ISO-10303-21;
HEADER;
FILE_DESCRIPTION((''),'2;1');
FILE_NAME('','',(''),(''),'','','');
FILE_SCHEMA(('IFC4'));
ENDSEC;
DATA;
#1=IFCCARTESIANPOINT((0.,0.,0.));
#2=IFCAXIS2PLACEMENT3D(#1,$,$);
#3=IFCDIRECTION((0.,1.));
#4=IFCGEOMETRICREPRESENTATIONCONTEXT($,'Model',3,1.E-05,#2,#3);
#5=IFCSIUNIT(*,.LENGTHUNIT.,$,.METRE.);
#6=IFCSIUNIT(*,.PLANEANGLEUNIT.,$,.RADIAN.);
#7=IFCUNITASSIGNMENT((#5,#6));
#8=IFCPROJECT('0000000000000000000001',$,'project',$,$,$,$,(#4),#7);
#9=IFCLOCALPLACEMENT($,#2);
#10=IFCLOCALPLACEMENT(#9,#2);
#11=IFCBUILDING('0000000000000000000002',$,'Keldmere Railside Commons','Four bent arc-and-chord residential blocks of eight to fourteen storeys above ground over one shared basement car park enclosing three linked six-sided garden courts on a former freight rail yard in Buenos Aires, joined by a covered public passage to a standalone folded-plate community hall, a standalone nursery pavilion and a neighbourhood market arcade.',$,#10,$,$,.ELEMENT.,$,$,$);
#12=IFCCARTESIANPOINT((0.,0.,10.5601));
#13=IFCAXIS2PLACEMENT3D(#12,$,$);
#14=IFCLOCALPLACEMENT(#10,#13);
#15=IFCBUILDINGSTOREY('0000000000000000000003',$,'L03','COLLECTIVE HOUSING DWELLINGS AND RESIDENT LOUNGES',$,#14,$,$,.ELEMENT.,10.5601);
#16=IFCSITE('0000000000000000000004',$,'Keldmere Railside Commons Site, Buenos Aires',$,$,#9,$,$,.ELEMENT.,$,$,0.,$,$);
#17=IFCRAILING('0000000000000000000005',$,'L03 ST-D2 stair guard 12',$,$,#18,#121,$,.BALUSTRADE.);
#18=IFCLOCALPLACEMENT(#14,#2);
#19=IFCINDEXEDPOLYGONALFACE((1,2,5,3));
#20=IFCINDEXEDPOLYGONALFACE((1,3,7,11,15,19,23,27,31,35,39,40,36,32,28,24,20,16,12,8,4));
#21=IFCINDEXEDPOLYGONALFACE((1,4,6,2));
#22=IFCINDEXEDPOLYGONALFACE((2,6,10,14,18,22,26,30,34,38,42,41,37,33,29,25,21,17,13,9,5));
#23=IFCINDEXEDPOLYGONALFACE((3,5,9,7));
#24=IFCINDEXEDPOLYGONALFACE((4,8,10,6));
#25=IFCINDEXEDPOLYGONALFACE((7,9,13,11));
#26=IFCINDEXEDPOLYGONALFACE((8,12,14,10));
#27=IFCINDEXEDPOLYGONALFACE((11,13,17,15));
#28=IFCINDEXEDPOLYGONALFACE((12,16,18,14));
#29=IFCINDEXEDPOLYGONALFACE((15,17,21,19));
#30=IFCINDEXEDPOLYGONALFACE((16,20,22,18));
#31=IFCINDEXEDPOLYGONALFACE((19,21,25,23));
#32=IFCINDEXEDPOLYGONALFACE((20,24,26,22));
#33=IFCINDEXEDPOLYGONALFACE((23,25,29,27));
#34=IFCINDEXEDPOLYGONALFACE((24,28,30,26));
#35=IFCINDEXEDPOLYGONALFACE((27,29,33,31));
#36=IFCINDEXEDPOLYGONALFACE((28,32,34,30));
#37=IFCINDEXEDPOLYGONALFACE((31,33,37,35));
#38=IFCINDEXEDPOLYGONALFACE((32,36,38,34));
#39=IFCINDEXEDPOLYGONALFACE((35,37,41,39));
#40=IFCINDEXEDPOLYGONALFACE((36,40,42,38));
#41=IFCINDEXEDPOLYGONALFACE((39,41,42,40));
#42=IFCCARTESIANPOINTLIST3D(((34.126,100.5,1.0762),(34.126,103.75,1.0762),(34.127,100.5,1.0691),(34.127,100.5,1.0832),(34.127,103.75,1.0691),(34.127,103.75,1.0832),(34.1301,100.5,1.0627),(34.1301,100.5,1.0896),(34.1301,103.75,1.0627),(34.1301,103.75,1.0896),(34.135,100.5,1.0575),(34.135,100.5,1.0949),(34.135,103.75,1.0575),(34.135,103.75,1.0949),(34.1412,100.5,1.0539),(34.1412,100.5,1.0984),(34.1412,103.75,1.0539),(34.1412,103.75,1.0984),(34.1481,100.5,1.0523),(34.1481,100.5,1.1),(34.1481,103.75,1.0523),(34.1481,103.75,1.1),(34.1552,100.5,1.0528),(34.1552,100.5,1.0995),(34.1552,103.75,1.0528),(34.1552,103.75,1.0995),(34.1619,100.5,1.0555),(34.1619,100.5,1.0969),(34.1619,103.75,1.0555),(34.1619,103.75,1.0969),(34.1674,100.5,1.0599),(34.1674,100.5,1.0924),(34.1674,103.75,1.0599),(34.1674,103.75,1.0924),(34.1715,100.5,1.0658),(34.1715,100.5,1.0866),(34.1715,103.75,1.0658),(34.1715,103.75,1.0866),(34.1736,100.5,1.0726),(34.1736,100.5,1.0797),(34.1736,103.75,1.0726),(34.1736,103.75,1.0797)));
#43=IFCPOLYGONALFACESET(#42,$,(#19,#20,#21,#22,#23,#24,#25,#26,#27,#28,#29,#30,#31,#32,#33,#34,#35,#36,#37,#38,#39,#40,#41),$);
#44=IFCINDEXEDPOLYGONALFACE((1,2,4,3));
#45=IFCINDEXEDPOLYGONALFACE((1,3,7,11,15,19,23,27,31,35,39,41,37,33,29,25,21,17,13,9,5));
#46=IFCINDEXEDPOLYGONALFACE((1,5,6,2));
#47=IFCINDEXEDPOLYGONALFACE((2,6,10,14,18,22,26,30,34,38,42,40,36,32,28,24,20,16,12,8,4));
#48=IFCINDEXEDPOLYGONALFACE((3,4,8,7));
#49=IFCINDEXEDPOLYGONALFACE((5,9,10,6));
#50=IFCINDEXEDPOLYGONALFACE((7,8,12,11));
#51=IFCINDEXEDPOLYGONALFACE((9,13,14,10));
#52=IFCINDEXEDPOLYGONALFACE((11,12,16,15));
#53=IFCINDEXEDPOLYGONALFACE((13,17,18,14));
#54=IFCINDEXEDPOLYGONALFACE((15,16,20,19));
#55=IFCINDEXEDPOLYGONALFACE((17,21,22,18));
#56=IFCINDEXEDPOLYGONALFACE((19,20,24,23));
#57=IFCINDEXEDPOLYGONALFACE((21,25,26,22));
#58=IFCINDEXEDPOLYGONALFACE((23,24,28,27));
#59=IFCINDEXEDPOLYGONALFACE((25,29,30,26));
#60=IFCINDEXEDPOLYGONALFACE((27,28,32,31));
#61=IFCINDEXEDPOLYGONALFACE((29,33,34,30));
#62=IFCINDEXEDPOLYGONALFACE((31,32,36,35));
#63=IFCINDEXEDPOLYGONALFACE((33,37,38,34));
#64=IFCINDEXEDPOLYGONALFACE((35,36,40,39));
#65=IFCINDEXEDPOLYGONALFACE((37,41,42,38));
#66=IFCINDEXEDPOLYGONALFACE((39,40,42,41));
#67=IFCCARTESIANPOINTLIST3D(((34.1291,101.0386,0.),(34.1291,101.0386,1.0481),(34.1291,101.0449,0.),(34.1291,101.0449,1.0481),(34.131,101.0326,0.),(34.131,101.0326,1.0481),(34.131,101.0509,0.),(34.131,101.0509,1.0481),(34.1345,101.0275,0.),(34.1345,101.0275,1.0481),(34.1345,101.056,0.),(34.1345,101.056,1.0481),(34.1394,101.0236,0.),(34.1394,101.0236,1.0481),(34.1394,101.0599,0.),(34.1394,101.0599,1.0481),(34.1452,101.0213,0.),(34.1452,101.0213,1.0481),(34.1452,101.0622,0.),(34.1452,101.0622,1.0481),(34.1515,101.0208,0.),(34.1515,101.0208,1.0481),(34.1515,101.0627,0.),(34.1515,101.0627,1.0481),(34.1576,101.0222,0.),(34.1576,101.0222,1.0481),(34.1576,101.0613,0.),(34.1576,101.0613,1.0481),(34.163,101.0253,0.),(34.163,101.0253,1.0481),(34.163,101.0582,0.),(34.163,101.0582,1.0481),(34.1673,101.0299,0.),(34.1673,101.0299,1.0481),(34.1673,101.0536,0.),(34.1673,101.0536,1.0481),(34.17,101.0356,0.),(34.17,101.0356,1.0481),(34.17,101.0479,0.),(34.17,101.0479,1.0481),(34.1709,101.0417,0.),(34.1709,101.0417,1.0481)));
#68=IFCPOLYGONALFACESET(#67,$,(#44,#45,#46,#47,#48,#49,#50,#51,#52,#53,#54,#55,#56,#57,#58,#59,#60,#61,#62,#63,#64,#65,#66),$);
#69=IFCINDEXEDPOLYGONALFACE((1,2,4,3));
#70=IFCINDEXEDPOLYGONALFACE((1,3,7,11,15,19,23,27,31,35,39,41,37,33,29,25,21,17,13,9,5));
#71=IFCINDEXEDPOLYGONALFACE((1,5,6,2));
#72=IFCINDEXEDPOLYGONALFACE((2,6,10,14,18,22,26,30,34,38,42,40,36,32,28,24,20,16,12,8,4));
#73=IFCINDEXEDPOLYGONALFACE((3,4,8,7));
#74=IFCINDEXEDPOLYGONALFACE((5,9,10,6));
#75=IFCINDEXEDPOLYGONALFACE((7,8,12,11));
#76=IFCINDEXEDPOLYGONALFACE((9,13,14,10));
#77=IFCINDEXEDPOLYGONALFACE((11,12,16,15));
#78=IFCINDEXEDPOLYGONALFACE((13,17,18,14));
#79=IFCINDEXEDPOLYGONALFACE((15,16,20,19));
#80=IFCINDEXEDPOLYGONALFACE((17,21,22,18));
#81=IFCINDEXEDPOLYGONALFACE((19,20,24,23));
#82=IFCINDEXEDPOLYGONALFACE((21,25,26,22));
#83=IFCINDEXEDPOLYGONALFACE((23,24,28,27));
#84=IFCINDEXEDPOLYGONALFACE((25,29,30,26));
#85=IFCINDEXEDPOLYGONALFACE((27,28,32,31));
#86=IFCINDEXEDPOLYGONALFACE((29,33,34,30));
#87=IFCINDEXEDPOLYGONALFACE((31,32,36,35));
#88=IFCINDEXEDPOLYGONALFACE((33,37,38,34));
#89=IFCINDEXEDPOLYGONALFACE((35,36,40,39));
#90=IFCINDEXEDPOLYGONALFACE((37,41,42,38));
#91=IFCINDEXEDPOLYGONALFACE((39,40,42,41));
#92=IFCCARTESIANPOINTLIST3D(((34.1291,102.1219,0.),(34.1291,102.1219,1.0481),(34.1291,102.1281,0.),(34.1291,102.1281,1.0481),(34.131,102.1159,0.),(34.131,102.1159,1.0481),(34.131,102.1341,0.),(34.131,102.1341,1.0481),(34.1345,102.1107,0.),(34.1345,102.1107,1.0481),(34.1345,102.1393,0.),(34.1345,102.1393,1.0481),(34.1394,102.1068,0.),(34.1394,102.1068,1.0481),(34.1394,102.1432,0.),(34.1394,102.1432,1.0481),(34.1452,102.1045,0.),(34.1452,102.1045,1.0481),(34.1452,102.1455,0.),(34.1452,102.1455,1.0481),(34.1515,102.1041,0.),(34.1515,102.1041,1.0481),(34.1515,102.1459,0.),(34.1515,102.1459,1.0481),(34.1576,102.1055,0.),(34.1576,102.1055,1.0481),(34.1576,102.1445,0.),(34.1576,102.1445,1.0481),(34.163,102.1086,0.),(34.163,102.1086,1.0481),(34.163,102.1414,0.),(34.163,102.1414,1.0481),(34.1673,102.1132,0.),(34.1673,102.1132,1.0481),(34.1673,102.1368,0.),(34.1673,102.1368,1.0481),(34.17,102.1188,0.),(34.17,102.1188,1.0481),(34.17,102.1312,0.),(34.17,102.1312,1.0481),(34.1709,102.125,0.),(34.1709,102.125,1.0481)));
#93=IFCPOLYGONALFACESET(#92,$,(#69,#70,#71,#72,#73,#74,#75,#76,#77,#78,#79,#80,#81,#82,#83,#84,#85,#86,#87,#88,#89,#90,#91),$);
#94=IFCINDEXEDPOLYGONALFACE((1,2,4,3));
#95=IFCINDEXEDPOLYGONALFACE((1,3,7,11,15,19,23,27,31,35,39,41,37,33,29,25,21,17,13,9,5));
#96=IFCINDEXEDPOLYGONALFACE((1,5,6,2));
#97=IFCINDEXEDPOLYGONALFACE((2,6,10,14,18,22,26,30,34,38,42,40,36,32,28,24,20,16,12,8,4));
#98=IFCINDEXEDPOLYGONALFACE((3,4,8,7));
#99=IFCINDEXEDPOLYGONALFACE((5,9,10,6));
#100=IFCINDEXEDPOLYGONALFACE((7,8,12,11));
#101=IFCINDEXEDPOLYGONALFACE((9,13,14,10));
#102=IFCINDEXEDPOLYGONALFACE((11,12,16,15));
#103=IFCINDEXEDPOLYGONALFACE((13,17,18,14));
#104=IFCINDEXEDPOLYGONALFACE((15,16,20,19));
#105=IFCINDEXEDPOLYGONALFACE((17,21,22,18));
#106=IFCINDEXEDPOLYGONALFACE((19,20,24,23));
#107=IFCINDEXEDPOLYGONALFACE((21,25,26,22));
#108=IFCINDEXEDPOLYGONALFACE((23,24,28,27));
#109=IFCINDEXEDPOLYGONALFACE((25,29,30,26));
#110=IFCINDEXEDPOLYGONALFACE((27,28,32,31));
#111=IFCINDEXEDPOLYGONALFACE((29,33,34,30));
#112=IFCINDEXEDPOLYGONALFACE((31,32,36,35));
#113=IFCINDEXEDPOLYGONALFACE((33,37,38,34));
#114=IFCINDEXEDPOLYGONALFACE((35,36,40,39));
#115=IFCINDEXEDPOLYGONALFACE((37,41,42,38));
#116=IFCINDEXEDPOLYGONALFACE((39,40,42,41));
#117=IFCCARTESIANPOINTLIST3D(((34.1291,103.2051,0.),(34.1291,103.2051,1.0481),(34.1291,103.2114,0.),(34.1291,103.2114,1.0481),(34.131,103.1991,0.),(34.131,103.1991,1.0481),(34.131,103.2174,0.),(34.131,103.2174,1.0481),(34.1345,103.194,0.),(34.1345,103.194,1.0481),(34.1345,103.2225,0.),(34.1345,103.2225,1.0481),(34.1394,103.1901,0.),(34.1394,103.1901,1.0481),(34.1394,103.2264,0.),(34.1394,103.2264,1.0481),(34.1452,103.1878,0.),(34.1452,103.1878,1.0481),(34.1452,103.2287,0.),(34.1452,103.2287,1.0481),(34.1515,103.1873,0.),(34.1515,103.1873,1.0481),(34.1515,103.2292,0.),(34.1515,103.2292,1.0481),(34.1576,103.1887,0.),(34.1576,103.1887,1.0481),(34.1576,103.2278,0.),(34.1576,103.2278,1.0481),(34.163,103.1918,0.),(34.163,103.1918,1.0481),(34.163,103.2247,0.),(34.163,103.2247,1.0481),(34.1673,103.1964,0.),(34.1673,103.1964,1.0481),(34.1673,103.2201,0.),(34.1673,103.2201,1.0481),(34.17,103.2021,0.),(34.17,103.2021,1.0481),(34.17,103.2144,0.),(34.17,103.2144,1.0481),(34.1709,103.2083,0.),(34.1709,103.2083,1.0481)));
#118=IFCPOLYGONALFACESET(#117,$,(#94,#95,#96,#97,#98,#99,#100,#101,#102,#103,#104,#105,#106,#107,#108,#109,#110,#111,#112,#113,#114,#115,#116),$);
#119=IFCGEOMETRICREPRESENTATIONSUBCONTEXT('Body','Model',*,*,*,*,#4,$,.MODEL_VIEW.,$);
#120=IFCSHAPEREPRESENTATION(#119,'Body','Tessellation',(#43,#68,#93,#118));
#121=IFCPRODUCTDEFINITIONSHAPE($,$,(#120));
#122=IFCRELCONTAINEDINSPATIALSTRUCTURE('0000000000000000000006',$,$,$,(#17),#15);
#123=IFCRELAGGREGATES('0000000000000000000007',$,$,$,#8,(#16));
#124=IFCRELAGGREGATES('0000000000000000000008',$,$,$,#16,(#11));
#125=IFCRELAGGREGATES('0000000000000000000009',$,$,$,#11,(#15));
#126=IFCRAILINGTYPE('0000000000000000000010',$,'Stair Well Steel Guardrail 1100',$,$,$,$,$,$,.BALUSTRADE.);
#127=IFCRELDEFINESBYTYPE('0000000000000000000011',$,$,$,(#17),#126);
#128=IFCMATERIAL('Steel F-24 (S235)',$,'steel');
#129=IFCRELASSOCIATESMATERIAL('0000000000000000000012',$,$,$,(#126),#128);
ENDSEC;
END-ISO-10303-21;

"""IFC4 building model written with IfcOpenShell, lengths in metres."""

from ifc_helpers import new_model, si_unit, direction, frame, origin, origin_2d, place, context, subcontext, project, spatial, circle, extrude, material, type_object, element, save


model = new_model("IFC4")

# Units and contexts
model_context = context("Model", 3, precision=1e-05, world=origin(), true_north=direction((0.0, 1.0)))
body_context = subcontext(model_context, "Body", "Model", "MODEL_VIEW")
ifc_project = project(units=[si_unit("LENGTHUNIT", "METRE"), si_unit("PLANEANGLEUNIT", "RADIAN")], contexts=[model_context])

# Site, building, storey
site_placement = place(None, origin())
site = spatial("IfcSite", under=ifc_project, at=site_placement, Name="Keldmere Railside Commons Site, Buenos Aires", CompositionType="ELEMENT", RefElevation=0.0)
building_placement = place(site_placement, origin())
building = spatial("IfcBuilding", under=site, at=building_placement, Name="Keldmere Railside Commons", Description="Four bent arc-and-chord residential blocks of eight to fourteen storeys above ground over one shared basement car park enclosing three linked six-sided garden courts on a former freight rail yard in Buenos Aires, joined by a covered public passage to a standalone folded-plate community hall, a standalone nursery pavilion and a neighbourhood market arcade.", CompositionType="ELEMENT")
storey_placement = place(building_placement, frame((0.0, 0.0, 10.5601)))
storey = spatial("IfcBuildingStorey", under=building, at=storey_placement, Name="L03", Description="COLLECTIVE HOUSING DWELLINGS AND RESIDENT LOUNGES", CompositionType="ELEMENT", Elevation=10.5601)

# Railing
ifc_material_1 = material(Name="Steel F-24 (S235)", Category="steel")
railing_type_1 = type_object("IfcRailingType", Name="Stair Well Steel Guardrail 1100", PredefinedType="BALUSTRADE", material=ifc_material_1)
railing_1_placement = place(storey_placement, frame((34.1499, 100.5, 0.0)))
element("IfcRailing", 1, at=railing_1_placement, inside=storey, type_object=railing_type_1, Name="L03 ST-D2 stair guard 12", PredefinedType="BALUSTRADE", context=body_context, shape_type="SweptSolid", body=[
    extrude(circle(Radius=0.0239, at=origin_2d()), frame((0.0, 0.0, 1.0762), z_axis=(0.0, 1.0, 0.0), x_axis=(-1.0, 0.0, 0.0)), (0.0, 0.0, 1.0), 3.25),
    extrude(circle(Radius=0.021, at=origin_2d()), frame((0.0, 0.5417, 0.0)), (0.0, 0.0, 1.0), 1.0481),
    extrude(circle(Radius=0.021, at=origin_2d()), frame((0.0, 1.625, 0.0)), (0.0, 0.0, 1.0), 1.0481),
    extrude(circle(Radius=0.021, at=origin_2d()), frame((0.0, 2.7083, 0.0)), (0.0, 0.0, 1.0), 1.0481),
])

save(model, "model.ifc")
